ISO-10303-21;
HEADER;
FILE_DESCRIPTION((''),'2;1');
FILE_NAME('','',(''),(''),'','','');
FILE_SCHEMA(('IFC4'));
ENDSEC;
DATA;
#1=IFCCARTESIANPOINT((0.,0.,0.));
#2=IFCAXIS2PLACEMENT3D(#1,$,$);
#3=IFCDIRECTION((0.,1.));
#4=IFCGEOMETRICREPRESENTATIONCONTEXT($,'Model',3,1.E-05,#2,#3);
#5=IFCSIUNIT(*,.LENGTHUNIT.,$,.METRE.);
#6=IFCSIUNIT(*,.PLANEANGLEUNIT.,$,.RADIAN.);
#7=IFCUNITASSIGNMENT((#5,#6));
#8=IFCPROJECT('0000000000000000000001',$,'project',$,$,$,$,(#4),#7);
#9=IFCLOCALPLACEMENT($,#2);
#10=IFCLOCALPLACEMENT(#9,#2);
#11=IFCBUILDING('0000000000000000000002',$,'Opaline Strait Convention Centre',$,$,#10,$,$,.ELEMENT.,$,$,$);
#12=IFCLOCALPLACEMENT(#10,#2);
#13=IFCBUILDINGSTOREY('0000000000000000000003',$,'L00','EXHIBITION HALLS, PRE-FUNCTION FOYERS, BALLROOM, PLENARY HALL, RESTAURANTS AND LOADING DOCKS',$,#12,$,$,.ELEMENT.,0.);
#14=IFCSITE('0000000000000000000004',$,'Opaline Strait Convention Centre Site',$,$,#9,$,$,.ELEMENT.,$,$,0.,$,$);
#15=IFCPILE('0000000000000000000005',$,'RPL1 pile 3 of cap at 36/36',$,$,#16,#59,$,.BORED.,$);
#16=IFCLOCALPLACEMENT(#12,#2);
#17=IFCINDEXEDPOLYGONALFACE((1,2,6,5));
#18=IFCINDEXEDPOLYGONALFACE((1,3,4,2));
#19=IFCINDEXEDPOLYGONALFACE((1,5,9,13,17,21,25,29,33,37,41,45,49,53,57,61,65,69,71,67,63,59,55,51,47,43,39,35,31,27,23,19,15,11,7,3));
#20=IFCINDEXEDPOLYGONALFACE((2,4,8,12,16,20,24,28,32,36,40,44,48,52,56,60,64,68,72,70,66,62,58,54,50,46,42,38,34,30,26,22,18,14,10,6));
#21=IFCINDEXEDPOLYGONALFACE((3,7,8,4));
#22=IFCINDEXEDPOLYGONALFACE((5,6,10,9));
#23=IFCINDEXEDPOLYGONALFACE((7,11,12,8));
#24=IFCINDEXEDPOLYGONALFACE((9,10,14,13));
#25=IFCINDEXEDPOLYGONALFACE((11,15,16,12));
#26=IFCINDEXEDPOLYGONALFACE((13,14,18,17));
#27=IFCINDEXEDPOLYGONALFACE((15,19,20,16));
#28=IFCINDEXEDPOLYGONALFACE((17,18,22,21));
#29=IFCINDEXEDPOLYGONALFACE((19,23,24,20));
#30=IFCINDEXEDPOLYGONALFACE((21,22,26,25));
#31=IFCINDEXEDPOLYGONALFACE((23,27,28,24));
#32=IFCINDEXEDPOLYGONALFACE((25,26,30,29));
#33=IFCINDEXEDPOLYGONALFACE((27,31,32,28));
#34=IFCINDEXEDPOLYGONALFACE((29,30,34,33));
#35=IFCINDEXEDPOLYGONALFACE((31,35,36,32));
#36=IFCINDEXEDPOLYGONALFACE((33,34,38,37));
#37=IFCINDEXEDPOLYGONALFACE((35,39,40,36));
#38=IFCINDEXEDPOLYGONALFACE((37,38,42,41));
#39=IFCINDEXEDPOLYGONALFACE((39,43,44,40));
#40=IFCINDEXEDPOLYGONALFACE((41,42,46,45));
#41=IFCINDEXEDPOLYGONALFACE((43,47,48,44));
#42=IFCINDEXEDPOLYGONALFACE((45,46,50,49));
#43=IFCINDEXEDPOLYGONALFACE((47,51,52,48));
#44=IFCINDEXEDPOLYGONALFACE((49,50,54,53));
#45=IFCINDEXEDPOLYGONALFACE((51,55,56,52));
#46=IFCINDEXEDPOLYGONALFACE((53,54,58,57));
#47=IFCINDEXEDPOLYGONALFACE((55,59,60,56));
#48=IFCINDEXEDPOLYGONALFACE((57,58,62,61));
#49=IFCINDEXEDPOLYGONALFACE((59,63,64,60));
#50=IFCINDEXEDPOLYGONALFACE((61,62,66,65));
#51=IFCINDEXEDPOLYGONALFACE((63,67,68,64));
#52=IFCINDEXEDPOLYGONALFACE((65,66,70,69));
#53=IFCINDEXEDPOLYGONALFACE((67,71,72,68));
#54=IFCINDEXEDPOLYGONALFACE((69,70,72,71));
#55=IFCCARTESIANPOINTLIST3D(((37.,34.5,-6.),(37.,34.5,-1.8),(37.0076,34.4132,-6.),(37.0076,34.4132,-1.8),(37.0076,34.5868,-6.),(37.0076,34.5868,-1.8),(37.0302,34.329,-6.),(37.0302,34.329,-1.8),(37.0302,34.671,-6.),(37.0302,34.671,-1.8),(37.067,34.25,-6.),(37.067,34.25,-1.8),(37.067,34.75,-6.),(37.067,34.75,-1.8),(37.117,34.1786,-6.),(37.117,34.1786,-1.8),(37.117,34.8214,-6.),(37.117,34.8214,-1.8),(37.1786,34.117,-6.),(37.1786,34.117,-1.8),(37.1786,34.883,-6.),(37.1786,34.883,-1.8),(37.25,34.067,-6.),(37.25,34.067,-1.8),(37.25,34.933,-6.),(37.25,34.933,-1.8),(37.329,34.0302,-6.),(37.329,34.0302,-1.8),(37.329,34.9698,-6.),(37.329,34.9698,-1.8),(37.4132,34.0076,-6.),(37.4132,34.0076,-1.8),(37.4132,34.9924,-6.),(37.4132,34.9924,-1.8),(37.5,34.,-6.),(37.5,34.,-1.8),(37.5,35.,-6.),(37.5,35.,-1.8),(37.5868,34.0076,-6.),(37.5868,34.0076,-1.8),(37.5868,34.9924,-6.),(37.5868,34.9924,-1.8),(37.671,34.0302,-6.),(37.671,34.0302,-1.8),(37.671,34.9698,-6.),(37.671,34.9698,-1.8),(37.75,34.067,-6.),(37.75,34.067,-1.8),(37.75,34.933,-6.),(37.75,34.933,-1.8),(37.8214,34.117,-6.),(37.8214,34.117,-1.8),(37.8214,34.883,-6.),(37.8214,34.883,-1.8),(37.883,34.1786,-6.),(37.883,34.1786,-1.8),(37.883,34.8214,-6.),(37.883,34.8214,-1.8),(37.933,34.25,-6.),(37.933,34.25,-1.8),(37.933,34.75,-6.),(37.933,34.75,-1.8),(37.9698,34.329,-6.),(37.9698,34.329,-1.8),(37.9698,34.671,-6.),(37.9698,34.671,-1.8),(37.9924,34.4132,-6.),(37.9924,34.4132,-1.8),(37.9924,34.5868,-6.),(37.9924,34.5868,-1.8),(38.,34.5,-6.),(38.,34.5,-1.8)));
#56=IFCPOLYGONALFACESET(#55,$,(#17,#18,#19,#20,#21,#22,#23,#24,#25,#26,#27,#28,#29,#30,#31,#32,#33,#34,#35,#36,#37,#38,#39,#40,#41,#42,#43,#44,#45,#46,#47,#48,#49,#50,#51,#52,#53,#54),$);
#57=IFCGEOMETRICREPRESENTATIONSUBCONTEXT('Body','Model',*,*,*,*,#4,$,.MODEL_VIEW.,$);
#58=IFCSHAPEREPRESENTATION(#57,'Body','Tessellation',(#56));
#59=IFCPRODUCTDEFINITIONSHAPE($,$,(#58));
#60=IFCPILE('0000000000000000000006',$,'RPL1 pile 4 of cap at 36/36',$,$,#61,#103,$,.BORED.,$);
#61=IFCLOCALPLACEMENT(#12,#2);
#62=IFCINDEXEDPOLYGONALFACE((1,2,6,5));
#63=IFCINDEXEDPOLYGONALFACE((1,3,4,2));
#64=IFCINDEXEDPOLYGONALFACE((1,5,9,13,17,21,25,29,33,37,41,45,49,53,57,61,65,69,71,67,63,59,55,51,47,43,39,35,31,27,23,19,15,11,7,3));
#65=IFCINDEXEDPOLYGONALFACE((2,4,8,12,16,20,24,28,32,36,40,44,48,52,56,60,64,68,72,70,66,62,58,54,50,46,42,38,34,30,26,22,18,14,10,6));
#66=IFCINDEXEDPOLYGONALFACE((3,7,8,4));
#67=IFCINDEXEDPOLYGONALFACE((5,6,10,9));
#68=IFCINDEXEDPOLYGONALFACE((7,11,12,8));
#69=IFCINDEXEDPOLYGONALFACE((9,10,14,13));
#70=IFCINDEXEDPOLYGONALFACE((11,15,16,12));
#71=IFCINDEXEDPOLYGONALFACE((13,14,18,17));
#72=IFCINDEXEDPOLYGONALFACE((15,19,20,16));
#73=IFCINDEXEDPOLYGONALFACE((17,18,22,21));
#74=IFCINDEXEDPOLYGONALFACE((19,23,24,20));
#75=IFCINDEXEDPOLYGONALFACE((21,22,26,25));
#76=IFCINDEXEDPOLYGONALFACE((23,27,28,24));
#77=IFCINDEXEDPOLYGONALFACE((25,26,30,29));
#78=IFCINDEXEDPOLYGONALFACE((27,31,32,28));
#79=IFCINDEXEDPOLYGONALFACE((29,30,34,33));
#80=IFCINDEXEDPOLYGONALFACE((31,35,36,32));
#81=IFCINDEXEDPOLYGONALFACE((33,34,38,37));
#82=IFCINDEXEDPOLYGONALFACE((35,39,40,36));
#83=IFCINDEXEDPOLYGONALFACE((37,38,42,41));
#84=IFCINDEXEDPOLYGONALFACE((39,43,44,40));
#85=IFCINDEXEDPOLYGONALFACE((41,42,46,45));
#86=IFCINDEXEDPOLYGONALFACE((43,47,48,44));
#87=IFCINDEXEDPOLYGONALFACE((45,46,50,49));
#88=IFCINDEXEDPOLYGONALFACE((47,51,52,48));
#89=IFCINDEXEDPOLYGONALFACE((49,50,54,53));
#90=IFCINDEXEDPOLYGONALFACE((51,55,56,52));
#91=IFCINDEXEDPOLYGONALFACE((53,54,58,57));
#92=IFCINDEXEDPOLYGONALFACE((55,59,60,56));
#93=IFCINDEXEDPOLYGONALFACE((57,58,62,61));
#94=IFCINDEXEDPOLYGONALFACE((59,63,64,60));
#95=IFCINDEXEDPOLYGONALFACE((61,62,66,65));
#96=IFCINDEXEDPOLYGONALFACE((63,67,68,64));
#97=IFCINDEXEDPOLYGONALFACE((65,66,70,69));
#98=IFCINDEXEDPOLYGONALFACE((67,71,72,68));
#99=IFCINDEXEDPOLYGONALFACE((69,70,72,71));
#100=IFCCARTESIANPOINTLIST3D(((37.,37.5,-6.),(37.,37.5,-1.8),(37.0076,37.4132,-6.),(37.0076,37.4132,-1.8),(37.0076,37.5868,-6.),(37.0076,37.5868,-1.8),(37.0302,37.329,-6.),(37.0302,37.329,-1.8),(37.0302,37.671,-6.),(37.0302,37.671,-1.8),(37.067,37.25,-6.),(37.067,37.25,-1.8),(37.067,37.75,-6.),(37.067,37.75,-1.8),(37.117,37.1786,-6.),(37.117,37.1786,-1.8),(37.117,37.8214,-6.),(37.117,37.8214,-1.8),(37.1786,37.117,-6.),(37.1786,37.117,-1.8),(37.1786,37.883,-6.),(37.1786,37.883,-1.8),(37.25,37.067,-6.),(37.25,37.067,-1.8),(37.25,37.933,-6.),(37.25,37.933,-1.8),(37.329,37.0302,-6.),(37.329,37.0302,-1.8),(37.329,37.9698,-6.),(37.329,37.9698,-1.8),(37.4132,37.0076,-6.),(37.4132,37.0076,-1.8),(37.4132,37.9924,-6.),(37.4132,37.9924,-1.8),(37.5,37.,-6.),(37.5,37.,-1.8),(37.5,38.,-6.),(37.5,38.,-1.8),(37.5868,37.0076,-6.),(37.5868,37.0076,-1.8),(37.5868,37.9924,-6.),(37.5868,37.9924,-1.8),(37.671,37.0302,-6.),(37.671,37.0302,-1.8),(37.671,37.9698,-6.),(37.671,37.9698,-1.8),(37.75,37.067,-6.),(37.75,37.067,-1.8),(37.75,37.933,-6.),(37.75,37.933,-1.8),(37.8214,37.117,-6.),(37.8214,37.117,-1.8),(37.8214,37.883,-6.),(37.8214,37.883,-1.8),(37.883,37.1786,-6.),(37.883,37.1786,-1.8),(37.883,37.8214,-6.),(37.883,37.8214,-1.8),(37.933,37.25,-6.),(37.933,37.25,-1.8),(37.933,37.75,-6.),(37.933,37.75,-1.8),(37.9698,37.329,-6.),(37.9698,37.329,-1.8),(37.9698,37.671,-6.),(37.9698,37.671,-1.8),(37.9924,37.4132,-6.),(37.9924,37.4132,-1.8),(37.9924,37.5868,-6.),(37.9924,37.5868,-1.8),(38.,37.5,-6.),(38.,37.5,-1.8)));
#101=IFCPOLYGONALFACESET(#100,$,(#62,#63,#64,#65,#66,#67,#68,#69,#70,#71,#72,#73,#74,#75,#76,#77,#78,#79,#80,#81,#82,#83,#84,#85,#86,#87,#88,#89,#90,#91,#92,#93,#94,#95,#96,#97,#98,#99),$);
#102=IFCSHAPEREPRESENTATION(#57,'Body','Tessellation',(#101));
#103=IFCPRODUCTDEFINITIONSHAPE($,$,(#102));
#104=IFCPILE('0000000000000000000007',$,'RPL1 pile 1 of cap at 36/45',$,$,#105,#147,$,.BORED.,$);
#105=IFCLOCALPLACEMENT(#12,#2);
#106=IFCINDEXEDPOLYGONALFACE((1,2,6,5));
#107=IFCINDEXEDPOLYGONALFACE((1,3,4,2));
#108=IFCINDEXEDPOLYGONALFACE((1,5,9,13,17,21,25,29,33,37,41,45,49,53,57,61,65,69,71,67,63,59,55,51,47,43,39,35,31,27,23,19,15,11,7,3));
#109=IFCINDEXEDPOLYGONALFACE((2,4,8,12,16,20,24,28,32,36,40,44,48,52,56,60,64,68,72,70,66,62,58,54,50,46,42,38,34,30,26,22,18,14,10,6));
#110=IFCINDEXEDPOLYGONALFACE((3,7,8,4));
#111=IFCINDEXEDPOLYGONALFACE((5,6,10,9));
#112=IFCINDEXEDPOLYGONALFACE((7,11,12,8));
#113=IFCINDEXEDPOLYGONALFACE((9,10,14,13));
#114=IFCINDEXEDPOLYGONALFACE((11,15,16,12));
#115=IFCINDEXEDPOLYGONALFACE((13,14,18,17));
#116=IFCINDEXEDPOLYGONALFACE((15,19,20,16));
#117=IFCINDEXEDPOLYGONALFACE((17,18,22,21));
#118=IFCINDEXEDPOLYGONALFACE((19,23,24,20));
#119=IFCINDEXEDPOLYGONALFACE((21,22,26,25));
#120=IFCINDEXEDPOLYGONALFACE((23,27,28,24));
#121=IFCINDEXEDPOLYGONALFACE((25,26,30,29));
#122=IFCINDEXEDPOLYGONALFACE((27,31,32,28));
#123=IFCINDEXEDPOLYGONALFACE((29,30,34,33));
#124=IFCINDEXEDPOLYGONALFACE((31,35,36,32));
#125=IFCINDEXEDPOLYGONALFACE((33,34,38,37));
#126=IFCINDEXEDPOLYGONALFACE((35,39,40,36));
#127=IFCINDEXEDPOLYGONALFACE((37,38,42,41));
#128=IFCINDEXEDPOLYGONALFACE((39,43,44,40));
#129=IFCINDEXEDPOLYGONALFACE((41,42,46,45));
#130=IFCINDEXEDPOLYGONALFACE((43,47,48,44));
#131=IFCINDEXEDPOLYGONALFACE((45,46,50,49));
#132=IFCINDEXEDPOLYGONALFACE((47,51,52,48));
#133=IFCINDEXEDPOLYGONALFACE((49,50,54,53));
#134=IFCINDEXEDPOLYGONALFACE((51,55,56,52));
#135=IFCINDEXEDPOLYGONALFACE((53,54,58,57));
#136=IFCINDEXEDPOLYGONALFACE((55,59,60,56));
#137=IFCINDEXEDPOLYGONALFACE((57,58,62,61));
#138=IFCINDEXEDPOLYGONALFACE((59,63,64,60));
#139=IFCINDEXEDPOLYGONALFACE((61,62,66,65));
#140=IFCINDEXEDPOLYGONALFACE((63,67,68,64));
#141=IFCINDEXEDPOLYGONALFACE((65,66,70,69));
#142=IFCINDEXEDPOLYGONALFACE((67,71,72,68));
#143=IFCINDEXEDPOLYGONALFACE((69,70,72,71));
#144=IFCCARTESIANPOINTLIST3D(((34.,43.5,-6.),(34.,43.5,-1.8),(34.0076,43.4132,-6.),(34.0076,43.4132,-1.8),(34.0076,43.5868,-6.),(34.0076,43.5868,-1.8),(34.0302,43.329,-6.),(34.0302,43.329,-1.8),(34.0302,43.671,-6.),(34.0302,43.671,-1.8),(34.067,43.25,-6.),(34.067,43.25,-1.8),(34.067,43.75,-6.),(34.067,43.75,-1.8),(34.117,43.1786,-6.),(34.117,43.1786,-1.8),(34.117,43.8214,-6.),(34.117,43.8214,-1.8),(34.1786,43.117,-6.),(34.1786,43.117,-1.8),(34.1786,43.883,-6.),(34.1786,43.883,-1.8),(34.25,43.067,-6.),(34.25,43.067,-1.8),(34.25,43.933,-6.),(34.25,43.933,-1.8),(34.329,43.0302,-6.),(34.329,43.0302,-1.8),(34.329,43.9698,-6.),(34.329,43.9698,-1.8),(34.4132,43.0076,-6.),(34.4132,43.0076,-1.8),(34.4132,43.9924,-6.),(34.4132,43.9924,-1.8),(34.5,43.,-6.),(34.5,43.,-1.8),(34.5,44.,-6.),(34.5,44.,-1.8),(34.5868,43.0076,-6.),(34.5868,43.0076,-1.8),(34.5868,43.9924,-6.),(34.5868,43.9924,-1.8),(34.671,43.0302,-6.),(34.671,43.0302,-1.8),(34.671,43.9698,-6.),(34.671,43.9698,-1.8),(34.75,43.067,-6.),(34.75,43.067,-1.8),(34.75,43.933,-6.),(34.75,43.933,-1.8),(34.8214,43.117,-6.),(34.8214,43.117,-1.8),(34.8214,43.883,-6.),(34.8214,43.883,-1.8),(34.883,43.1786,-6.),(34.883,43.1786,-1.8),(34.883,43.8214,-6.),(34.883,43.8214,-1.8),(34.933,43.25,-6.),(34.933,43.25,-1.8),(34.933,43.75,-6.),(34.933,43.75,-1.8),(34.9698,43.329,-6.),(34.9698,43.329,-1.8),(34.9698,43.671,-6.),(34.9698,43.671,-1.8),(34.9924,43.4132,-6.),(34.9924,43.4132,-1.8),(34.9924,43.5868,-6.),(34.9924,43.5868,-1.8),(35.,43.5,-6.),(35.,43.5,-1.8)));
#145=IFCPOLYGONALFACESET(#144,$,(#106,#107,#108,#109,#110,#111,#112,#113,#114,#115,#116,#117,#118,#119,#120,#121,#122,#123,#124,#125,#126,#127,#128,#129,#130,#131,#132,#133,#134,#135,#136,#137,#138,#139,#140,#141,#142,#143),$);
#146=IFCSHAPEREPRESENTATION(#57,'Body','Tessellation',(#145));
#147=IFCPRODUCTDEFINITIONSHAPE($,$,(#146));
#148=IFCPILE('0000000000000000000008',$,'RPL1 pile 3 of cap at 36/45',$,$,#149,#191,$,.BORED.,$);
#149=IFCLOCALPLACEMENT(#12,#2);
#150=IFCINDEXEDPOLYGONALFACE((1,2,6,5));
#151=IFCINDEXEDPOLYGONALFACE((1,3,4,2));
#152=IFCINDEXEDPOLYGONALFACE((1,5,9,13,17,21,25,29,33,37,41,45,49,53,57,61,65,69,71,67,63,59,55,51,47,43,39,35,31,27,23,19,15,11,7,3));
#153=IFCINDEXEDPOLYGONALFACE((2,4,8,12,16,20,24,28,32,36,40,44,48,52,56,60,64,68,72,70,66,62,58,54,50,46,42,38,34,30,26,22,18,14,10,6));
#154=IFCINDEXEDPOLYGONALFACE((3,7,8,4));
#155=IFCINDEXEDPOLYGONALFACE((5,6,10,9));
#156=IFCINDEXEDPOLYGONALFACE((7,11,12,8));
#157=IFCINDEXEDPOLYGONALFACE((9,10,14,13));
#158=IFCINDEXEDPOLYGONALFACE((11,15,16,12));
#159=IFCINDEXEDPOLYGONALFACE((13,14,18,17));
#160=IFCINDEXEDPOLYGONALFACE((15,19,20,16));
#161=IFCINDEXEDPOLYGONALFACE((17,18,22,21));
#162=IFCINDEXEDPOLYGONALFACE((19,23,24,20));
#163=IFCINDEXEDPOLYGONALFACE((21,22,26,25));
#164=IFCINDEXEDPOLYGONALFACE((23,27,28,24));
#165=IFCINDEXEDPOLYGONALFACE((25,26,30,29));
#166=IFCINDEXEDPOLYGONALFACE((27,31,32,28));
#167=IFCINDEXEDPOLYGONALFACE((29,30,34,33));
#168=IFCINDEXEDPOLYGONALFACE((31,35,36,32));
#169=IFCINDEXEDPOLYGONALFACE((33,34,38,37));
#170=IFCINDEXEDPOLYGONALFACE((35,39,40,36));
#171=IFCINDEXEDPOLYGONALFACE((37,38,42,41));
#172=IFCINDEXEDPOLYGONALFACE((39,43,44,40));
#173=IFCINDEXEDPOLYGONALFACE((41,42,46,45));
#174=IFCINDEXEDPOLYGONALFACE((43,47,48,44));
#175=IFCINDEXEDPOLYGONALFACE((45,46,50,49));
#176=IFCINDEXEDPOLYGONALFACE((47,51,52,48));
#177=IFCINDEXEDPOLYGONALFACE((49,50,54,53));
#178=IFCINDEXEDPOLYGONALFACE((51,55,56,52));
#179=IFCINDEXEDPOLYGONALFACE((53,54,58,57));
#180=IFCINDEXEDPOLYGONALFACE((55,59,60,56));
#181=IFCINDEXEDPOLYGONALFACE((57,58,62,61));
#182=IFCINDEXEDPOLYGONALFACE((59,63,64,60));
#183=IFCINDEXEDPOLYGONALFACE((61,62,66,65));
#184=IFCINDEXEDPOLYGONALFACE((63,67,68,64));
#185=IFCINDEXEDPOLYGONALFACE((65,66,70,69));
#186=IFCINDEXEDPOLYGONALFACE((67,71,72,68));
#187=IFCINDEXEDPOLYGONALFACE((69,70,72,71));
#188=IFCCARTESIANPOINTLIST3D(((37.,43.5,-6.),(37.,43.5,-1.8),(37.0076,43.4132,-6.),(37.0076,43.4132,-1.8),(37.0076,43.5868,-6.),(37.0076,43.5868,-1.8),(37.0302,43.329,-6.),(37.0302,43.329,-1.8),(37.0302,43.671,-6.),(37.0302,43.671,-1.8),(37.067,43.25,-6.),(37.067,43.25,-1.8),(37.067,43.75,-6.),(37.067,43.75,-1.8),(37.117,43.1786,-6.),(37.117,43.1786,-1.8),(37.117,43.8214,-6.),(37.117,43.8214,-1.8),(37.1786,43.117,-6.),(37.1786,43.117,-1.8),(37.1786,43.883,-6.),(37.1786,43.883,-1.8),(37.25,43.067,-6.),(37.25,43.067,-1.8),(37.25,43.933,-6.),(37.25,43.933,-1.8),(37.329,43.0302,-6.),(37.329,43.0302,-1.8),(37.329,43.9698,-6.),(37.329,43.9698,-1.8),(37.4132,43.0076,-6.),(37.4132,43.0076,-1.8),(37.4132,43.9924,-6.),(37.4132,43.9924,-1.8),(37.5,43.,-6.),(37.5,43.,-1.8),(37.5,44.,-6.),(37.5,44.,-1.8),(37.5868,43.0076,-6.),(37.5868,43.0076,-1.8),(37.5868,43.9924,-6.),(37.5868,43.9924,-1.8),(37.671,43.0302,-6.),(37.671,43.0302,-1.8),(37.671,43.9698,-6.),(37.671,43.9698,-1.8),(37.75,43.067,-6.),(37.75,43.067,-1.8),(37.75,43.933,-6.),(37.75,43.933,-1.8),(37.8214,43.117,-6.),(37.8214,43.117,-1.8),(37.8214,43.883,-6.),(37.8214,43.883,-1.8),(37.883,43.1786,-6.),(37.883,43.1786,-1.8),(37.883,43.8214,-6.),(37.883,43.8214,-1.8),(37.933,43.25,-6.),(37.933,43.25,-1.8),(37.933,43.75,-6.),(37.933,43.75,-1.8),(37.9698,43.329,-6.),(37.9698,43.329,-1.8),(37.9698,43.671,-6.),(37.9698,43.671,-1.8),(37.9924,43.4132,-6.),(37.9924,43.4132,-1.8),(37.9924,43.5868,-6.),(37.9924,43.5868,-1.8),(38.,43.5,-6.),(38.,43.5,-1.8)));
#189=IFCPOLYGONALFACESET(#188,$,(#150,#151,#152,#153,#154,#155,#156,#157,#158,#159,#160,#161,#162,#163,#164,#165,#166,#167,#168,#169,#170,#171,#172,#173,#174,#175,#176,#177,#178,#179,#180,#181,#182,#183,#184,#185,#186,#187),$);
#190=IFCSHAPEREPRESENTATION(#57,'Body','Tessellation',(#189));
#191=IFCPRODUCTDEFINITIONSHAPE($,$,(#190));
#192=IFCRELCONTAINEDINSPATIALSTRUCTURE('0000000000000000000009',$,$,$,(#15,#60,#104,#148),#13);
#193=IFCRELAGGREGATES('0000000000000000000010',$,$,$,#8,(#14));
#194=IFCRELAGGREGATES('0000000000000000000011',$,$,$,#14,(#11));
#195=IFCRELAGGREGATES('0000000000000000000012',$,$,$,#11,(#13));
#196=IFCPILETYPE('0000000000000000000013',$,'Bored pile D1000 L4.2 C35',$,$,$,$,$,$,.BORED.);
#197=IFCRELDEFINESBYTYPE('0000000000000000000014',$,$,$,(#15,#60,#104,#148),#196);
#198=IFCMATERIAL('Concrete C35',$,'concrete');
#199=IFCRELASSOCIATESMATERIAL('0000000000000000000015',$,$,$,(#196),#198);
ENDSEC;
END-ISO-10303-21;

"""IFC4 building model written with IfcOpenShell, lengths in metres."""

from ifc_helpers import new_model, si_unit, direction, frame, origin, origin_2d, place, context, subcontext, project, spatial, circle, extrude, material, material_profile, profile_set, type_object, element, save


model = new_model("IFC4")

# Units and contexts
model_context = context("Model", 3, precision=1e-05, world=origin(), true_north=direction((0.0, 1.0)))
body_context = subcontext(model_context, "Body", "Model", "MODEL_VIEW")
ifc_project = project(units=[si_unit("LENGTHUNIT", "METRE"), si_unit("PLANEANGLEUNIT", "RADIAN")], contexts=[model_context])

# Site, building, storey
site_placement = place(None, origin())
site = spatial("IfcSite", under=ifc_project, at=site_placement, Name="Opaline Strait Convention Centre Site", CompositionType="ELEMENT", RefElevation=0.0)
building_placement = place(site_placement, origin())
building = spatial("IfcBuilding", under=site, at=building_placement, Name="Opaline Strait Convention Centre", CompositionType="ELEMENT")
storey_placement = place(building_placement, origin())
storey = spatial("IfcBuildingStorey", under=building, at=storey_placement, Name="L00", Description="EXHIBITION HALLS, PRE-FUNCTION FOYERS, BALLROOM, PLENARY HALL, RESTAURANTS AND LOADING DOCKS", CompositionType="ELEMENT", Elevation=0.0)

# Piles
ifc_material_1 = material(Name="Concrete C35", Category="concrete")
ifc_material_profile_1 = material_profile(ifc_material_1, circle(Radius=0.5, at=origin_2d()), Name="D1000")
ifc_profile_set_1 = profile_set([ifc_material_profile_1], Name="Concrete C35")
pile_type = type_object("IfcPileType", Name="Bored pile D1000 L4.2 C35", PredefinedType="BORED", material=ifc_profile_set_1)
for number, where, z_axis, x_axis, name in (
    (1, (37.5, 34.5, -1.8), (0.0, 0.0, -1.0), (1.0, 0.0, 0.0), "RPL1 pile 3 of cap at 36/36"),
    (2, (37.5, 37.5, -1.8), (0.0, 0.0, -1.0), (1.0, 0.0, 0.0), "RPL1 pile 4 of cap at 36/36"),
    (3, (34.5, 43.5, -1.8), (0.0, 0.0, -1.0), (1.0, 0.0, 0.0), "RPL1 pile 1 of cap at 36/45"),
    (4, (37.5, 43.5, -1.8), (0.0, 0.0, -1.0), (1.0, 0.0, 0.0), "RPL1 pile 3 of cap at 36/45"),
):
    element("IfcPile", number, at=place(storey_placement, frame(where, z_axis=z_axis, x_axis=x_axis)), inside=storey, type_object=pile_type, Name=name, PredefinedType="BORED", context=body_context, shape_type="SweptSolid", body=[
        extrude(circle(Radius=0.5, at=origin_2d()), origin(), (0.0, 0.0, 1.0), 4.2),
    ])

save(model, "model.ifc")
